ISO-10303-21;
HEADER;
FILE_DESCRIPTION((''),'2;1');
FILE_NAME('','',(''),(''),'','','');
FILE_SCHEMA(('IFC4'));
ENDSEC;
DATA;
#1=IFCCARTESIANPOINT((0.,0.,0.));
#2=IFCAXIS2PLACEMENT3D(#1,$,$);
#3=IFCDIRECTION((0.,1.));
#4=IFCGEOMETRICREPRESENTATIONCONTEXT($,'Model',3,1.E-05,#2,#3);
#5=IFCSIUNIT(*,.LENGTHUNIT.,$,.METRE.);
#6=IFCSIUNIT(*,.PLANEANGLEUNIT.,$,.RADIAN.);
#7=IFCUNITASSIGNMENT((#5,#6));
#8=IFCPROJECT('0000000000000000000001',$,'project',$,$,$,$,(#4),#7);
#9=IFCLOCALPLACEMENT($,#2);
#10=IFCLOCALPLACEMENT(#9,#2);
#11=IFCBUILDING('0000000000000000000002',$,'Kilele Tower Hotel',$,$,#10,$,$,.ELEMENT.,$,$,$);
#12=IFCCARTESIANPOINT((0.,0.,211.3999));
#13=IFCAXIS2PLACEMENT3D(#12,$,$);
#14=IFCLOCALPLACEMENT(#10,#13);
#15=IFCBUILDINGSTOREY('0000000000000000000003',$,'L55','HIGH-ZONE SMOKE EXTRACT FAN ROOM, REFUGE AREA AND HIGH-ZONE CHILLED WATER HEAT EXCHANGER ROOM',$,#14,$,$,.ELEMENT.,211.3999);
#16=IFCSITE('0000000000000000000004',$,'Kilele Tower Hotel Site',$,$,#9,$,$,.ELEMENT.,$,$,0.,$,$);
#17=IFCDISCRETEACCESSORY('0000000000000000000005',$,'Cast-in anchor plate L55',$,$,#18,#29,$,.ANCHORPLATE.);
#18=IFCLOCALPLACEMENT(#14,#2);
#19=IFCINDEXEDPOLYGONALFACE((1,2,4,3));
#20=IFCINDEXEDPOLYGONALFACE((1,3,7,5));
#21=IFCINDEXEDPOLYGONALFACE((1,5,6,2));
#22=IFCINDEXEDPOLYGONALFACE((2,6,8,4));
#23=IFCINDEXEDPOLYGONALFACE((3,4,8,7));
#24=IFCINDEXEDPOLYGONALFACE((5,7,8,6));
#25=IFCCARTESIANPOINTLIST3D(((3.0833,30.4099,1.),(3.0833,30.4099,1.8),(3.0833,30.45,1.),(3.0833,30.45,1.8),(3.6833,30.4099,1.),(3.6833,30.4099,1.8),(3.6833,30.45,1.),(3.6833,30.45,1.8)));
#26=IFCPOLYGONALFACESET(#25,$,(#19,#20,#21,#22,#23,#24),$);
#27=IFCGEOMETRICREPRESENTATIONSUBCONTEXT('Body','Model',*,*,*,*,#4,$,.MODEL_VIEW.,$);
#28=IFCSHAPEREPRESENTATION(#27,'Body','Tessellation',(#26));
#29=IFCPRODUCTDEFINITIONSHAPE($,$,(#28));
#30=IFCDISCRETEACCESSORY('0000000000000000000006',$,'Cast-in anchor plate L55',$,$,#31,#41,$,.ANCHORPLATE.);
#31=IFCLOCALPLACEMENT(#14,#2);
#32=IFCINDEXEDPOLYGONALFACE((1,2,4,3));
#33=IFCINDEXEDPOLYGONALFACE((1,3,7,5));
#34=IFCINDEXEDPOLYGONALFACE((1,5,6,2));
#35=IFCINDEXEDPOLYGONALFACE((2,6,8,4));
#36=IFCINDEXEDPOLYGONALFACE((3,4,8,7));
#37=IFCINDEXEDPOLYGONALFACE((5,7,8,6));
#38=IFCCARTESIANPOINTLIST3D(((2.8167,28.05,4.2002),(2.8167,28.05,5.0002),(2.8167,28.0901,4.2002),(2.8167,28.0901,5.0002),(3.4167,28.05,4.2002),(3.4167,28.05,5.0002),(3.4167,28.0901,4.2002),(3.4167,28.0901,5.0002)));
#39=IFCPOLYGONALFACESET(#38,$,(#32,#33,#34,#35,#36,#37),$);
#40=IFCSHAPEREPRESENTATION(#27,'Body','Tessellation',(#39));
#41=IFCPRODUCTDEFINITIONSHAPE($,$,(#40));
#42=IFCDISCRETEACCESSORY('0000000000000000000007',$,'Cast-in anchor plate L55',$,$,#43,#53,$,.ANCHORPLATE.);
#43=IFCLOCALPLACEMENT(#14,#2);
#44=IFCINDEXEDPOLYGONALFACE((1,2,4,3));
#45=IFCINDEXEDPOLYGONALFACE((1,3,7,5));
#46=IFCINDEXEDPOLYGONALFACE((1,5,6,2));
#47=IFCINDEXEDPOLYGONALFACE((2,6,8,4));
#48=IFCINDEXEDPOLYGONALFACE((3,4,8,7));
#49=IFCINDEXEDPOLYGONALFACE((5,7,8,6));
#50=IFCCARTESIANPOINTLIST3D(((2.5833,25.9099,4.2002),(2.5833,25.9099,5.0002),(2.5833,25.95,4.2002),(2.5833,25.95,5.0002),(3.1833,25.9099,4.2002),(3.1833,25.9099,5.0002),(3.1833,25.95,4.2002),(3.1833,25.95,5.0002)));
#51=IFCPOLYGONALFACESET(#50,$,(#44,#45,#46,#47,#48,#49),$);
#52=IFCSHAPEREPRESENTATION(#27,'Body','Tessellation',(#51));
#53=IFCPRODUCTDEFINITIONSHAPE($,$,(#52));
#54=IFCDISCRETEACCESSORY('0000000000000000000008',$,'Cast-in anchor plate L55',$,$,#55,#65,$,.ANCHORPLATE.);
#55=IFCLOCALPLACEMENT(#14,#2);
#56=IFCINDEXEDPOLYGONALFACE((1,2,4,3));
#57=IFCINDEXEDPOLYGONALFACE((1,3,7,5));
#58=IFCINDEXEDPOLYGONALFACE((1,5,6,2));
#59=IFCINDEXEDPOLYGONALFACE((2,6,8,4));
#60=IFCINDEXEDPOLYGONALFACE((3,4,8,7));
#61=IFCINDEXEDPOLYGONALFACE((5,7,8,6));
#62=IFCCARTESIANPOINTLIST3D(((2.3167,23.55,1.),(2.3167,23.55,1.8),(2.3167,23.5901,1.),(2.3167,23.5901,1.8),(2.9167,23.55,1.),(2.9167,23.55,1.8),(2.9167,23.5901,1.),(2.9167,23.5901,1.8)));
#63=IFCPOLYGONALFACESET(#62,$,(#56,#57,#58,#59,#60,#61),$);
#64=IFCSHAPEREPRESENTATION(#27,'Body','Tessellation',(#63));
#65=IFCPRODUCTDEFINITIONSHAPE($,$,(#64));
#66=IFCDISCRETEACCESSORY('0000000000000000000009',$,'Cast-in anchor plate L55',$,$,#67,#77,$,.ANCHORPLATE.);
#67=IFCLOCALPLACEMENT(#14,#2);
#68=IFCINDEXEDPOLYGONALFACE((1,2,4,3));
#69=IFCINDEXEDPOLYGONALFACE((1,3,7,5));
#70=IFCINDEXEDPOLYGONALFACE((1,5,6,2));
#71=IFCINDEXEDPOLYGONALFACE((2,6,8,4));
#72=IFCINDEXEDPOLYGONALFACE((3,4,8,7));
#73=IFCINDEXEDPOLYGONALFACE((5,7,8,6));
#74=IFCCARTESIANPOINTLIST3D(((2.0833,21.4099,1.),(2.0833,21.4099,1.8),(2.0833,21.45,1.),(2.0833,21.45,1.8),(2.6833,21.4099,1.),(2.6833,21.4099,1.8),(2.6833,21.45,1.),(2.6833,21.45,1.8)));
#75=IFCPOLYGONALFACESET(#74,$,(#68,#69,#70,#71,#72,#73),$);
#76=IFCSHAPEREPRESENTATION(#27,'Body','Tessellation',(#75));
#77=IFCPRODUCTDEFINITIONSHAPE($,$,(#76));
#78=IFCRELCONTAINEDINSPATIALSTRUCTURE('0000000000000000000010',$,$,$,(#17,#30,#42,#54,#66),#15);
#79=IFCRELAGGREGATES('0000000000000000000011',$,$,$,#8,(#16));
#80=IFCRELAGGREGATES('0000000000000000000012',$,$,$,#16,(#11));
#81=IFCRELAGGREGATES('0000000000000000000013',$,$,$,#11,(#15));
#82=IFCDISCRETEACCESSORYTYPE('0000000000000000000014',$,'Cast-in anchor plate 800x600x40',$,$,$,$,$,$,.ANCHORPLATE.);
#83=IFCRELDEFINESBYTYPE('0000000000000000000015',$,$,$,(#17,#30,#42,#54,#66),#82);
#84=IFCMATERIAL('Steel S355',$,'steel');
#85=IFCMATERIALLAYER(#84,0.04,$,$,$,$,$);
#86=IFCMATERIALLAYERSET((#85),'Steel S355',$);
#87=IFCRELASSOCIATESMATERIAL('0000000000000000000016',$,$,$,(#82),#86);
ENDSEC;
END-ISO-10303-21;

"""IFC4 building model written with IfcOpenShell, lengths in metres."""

from ifc_helpers import new_model, si_unit, direction, frame, origin, place, context, subcontext, project, spatial, polyline, outline, extrude, source, transform, mapped, material, layer, layer_set, type_object, element, save


model = new_model("IFC4")

# Units and contexts
model_context = context("Model", 3, precision=1e-05, world=origin(), true_north=direction((0.0, 1.0)))
body_context = subcontext(model_context, "Body", "Model", "MODEL_VIEW")
ifc_project = project(units=[si_unit("LENGTHUNIT", "METRE"), si_unit("PLANEANGLEUNIT", "RADIAN")], contexts=[model_context])

# Site, building, storey
site_placement = place(None, origin())
site = spatial("IfcSite", under=ifc_project, at=site_placement, Name="Kilele Tower Hotel Site", CompositionType="ELEMENT", RefElevation=0.0)
building_placement = place(site_placement, origin())
building = spatial("IfcBuilding", under=site, at=building_placement, Name="Kilele Tower Hotel", CompositionType="ELEMENT")
storey_placement = place(building_placement, frame((0.0, 0.0, 211.3999)))
storey = spatial("IfcBuildingStorey", under=building, at=storey_placement, Name="L55", Description="HIGH-ZONE SMOKE EXTRACT FAN ROOM, REFUGE AREA AND HIGH-ZONE CHILLED WATER HEAT EXCHANGER ROOM", CompositionType="ELEMENT", Elevation=211.3999)

# Discrete accessories
ifc_material_1 = material(Name="Steel S355", Category="steel")
ifc_layer_1 = layer(ifc_material_1, 0.04)
ifc_layer_set_1 = layer_set([ifc_layer_1], Name="Steel S355")
discrete_accessory_type_1 = type_object("IfcDiscreteAccessoryType", Name="Cast-in anchor plate 800x600x40", PredefinedType="ANCHORPLATE", material=ifc_layer_set_1)
shared_shape_1 = source(origin(), body_context, "Body", "SweptSolid", [
    extrude(outline(polyline([(0.0, 0.0), (0.04, 0.0), (0.04, 0.8), (0.0, 0.8), (0.0, 0.0)])), origin(), (0.0, 0.0, 1.0), 0.6001),
])
for number, where, z_axis, x_axis, name in (
    (1, (3.6833, 30.45, 1.0), (-1.0, 0.0, 0.0), (0.0, -1.0, 0.0), "Cast-in anchor plate L55"),
    (2, (2.8167, 28.05, 4.2002), (1.0, 0.0, 0.0), (0.0, 1.0, 0.0), "Cast-in anchor plate L55"),
    (3, (3.1833, 25.95, 4.2002), (-1.0, 0.0, 0.0), (0.0, -1.0, 0.0), "Cast-in anchor plate L55"),
    (4, (2.3167, 23.55, 1.0), (1.0, 0.0, 0.0), (0.0, 1.0, 0.0), "Cast-in anchor plate L55"),
    (5, (2.6833, 21.45, 1.0), (-1.0, 0.0, 0.0), (0.0, -1.0, 0.0), "Cast-in anchor plate L55"),
):
    element("IfcDiscreteAccessory", number, at=place(storey_placement, frame(where, z_axis=z_axis, x_axis=x_axis)), inside=storey, type_object=discrete_accessory_type_1, Name=name, PredefinedType="ANCHORPLATE", context=body_context, shape_type="MappedRepresentation", body=[
        mapped(shared_shape_1, transform((0.0, 0.0, 0.0))),
    ])

save(model, "model.ifc")
